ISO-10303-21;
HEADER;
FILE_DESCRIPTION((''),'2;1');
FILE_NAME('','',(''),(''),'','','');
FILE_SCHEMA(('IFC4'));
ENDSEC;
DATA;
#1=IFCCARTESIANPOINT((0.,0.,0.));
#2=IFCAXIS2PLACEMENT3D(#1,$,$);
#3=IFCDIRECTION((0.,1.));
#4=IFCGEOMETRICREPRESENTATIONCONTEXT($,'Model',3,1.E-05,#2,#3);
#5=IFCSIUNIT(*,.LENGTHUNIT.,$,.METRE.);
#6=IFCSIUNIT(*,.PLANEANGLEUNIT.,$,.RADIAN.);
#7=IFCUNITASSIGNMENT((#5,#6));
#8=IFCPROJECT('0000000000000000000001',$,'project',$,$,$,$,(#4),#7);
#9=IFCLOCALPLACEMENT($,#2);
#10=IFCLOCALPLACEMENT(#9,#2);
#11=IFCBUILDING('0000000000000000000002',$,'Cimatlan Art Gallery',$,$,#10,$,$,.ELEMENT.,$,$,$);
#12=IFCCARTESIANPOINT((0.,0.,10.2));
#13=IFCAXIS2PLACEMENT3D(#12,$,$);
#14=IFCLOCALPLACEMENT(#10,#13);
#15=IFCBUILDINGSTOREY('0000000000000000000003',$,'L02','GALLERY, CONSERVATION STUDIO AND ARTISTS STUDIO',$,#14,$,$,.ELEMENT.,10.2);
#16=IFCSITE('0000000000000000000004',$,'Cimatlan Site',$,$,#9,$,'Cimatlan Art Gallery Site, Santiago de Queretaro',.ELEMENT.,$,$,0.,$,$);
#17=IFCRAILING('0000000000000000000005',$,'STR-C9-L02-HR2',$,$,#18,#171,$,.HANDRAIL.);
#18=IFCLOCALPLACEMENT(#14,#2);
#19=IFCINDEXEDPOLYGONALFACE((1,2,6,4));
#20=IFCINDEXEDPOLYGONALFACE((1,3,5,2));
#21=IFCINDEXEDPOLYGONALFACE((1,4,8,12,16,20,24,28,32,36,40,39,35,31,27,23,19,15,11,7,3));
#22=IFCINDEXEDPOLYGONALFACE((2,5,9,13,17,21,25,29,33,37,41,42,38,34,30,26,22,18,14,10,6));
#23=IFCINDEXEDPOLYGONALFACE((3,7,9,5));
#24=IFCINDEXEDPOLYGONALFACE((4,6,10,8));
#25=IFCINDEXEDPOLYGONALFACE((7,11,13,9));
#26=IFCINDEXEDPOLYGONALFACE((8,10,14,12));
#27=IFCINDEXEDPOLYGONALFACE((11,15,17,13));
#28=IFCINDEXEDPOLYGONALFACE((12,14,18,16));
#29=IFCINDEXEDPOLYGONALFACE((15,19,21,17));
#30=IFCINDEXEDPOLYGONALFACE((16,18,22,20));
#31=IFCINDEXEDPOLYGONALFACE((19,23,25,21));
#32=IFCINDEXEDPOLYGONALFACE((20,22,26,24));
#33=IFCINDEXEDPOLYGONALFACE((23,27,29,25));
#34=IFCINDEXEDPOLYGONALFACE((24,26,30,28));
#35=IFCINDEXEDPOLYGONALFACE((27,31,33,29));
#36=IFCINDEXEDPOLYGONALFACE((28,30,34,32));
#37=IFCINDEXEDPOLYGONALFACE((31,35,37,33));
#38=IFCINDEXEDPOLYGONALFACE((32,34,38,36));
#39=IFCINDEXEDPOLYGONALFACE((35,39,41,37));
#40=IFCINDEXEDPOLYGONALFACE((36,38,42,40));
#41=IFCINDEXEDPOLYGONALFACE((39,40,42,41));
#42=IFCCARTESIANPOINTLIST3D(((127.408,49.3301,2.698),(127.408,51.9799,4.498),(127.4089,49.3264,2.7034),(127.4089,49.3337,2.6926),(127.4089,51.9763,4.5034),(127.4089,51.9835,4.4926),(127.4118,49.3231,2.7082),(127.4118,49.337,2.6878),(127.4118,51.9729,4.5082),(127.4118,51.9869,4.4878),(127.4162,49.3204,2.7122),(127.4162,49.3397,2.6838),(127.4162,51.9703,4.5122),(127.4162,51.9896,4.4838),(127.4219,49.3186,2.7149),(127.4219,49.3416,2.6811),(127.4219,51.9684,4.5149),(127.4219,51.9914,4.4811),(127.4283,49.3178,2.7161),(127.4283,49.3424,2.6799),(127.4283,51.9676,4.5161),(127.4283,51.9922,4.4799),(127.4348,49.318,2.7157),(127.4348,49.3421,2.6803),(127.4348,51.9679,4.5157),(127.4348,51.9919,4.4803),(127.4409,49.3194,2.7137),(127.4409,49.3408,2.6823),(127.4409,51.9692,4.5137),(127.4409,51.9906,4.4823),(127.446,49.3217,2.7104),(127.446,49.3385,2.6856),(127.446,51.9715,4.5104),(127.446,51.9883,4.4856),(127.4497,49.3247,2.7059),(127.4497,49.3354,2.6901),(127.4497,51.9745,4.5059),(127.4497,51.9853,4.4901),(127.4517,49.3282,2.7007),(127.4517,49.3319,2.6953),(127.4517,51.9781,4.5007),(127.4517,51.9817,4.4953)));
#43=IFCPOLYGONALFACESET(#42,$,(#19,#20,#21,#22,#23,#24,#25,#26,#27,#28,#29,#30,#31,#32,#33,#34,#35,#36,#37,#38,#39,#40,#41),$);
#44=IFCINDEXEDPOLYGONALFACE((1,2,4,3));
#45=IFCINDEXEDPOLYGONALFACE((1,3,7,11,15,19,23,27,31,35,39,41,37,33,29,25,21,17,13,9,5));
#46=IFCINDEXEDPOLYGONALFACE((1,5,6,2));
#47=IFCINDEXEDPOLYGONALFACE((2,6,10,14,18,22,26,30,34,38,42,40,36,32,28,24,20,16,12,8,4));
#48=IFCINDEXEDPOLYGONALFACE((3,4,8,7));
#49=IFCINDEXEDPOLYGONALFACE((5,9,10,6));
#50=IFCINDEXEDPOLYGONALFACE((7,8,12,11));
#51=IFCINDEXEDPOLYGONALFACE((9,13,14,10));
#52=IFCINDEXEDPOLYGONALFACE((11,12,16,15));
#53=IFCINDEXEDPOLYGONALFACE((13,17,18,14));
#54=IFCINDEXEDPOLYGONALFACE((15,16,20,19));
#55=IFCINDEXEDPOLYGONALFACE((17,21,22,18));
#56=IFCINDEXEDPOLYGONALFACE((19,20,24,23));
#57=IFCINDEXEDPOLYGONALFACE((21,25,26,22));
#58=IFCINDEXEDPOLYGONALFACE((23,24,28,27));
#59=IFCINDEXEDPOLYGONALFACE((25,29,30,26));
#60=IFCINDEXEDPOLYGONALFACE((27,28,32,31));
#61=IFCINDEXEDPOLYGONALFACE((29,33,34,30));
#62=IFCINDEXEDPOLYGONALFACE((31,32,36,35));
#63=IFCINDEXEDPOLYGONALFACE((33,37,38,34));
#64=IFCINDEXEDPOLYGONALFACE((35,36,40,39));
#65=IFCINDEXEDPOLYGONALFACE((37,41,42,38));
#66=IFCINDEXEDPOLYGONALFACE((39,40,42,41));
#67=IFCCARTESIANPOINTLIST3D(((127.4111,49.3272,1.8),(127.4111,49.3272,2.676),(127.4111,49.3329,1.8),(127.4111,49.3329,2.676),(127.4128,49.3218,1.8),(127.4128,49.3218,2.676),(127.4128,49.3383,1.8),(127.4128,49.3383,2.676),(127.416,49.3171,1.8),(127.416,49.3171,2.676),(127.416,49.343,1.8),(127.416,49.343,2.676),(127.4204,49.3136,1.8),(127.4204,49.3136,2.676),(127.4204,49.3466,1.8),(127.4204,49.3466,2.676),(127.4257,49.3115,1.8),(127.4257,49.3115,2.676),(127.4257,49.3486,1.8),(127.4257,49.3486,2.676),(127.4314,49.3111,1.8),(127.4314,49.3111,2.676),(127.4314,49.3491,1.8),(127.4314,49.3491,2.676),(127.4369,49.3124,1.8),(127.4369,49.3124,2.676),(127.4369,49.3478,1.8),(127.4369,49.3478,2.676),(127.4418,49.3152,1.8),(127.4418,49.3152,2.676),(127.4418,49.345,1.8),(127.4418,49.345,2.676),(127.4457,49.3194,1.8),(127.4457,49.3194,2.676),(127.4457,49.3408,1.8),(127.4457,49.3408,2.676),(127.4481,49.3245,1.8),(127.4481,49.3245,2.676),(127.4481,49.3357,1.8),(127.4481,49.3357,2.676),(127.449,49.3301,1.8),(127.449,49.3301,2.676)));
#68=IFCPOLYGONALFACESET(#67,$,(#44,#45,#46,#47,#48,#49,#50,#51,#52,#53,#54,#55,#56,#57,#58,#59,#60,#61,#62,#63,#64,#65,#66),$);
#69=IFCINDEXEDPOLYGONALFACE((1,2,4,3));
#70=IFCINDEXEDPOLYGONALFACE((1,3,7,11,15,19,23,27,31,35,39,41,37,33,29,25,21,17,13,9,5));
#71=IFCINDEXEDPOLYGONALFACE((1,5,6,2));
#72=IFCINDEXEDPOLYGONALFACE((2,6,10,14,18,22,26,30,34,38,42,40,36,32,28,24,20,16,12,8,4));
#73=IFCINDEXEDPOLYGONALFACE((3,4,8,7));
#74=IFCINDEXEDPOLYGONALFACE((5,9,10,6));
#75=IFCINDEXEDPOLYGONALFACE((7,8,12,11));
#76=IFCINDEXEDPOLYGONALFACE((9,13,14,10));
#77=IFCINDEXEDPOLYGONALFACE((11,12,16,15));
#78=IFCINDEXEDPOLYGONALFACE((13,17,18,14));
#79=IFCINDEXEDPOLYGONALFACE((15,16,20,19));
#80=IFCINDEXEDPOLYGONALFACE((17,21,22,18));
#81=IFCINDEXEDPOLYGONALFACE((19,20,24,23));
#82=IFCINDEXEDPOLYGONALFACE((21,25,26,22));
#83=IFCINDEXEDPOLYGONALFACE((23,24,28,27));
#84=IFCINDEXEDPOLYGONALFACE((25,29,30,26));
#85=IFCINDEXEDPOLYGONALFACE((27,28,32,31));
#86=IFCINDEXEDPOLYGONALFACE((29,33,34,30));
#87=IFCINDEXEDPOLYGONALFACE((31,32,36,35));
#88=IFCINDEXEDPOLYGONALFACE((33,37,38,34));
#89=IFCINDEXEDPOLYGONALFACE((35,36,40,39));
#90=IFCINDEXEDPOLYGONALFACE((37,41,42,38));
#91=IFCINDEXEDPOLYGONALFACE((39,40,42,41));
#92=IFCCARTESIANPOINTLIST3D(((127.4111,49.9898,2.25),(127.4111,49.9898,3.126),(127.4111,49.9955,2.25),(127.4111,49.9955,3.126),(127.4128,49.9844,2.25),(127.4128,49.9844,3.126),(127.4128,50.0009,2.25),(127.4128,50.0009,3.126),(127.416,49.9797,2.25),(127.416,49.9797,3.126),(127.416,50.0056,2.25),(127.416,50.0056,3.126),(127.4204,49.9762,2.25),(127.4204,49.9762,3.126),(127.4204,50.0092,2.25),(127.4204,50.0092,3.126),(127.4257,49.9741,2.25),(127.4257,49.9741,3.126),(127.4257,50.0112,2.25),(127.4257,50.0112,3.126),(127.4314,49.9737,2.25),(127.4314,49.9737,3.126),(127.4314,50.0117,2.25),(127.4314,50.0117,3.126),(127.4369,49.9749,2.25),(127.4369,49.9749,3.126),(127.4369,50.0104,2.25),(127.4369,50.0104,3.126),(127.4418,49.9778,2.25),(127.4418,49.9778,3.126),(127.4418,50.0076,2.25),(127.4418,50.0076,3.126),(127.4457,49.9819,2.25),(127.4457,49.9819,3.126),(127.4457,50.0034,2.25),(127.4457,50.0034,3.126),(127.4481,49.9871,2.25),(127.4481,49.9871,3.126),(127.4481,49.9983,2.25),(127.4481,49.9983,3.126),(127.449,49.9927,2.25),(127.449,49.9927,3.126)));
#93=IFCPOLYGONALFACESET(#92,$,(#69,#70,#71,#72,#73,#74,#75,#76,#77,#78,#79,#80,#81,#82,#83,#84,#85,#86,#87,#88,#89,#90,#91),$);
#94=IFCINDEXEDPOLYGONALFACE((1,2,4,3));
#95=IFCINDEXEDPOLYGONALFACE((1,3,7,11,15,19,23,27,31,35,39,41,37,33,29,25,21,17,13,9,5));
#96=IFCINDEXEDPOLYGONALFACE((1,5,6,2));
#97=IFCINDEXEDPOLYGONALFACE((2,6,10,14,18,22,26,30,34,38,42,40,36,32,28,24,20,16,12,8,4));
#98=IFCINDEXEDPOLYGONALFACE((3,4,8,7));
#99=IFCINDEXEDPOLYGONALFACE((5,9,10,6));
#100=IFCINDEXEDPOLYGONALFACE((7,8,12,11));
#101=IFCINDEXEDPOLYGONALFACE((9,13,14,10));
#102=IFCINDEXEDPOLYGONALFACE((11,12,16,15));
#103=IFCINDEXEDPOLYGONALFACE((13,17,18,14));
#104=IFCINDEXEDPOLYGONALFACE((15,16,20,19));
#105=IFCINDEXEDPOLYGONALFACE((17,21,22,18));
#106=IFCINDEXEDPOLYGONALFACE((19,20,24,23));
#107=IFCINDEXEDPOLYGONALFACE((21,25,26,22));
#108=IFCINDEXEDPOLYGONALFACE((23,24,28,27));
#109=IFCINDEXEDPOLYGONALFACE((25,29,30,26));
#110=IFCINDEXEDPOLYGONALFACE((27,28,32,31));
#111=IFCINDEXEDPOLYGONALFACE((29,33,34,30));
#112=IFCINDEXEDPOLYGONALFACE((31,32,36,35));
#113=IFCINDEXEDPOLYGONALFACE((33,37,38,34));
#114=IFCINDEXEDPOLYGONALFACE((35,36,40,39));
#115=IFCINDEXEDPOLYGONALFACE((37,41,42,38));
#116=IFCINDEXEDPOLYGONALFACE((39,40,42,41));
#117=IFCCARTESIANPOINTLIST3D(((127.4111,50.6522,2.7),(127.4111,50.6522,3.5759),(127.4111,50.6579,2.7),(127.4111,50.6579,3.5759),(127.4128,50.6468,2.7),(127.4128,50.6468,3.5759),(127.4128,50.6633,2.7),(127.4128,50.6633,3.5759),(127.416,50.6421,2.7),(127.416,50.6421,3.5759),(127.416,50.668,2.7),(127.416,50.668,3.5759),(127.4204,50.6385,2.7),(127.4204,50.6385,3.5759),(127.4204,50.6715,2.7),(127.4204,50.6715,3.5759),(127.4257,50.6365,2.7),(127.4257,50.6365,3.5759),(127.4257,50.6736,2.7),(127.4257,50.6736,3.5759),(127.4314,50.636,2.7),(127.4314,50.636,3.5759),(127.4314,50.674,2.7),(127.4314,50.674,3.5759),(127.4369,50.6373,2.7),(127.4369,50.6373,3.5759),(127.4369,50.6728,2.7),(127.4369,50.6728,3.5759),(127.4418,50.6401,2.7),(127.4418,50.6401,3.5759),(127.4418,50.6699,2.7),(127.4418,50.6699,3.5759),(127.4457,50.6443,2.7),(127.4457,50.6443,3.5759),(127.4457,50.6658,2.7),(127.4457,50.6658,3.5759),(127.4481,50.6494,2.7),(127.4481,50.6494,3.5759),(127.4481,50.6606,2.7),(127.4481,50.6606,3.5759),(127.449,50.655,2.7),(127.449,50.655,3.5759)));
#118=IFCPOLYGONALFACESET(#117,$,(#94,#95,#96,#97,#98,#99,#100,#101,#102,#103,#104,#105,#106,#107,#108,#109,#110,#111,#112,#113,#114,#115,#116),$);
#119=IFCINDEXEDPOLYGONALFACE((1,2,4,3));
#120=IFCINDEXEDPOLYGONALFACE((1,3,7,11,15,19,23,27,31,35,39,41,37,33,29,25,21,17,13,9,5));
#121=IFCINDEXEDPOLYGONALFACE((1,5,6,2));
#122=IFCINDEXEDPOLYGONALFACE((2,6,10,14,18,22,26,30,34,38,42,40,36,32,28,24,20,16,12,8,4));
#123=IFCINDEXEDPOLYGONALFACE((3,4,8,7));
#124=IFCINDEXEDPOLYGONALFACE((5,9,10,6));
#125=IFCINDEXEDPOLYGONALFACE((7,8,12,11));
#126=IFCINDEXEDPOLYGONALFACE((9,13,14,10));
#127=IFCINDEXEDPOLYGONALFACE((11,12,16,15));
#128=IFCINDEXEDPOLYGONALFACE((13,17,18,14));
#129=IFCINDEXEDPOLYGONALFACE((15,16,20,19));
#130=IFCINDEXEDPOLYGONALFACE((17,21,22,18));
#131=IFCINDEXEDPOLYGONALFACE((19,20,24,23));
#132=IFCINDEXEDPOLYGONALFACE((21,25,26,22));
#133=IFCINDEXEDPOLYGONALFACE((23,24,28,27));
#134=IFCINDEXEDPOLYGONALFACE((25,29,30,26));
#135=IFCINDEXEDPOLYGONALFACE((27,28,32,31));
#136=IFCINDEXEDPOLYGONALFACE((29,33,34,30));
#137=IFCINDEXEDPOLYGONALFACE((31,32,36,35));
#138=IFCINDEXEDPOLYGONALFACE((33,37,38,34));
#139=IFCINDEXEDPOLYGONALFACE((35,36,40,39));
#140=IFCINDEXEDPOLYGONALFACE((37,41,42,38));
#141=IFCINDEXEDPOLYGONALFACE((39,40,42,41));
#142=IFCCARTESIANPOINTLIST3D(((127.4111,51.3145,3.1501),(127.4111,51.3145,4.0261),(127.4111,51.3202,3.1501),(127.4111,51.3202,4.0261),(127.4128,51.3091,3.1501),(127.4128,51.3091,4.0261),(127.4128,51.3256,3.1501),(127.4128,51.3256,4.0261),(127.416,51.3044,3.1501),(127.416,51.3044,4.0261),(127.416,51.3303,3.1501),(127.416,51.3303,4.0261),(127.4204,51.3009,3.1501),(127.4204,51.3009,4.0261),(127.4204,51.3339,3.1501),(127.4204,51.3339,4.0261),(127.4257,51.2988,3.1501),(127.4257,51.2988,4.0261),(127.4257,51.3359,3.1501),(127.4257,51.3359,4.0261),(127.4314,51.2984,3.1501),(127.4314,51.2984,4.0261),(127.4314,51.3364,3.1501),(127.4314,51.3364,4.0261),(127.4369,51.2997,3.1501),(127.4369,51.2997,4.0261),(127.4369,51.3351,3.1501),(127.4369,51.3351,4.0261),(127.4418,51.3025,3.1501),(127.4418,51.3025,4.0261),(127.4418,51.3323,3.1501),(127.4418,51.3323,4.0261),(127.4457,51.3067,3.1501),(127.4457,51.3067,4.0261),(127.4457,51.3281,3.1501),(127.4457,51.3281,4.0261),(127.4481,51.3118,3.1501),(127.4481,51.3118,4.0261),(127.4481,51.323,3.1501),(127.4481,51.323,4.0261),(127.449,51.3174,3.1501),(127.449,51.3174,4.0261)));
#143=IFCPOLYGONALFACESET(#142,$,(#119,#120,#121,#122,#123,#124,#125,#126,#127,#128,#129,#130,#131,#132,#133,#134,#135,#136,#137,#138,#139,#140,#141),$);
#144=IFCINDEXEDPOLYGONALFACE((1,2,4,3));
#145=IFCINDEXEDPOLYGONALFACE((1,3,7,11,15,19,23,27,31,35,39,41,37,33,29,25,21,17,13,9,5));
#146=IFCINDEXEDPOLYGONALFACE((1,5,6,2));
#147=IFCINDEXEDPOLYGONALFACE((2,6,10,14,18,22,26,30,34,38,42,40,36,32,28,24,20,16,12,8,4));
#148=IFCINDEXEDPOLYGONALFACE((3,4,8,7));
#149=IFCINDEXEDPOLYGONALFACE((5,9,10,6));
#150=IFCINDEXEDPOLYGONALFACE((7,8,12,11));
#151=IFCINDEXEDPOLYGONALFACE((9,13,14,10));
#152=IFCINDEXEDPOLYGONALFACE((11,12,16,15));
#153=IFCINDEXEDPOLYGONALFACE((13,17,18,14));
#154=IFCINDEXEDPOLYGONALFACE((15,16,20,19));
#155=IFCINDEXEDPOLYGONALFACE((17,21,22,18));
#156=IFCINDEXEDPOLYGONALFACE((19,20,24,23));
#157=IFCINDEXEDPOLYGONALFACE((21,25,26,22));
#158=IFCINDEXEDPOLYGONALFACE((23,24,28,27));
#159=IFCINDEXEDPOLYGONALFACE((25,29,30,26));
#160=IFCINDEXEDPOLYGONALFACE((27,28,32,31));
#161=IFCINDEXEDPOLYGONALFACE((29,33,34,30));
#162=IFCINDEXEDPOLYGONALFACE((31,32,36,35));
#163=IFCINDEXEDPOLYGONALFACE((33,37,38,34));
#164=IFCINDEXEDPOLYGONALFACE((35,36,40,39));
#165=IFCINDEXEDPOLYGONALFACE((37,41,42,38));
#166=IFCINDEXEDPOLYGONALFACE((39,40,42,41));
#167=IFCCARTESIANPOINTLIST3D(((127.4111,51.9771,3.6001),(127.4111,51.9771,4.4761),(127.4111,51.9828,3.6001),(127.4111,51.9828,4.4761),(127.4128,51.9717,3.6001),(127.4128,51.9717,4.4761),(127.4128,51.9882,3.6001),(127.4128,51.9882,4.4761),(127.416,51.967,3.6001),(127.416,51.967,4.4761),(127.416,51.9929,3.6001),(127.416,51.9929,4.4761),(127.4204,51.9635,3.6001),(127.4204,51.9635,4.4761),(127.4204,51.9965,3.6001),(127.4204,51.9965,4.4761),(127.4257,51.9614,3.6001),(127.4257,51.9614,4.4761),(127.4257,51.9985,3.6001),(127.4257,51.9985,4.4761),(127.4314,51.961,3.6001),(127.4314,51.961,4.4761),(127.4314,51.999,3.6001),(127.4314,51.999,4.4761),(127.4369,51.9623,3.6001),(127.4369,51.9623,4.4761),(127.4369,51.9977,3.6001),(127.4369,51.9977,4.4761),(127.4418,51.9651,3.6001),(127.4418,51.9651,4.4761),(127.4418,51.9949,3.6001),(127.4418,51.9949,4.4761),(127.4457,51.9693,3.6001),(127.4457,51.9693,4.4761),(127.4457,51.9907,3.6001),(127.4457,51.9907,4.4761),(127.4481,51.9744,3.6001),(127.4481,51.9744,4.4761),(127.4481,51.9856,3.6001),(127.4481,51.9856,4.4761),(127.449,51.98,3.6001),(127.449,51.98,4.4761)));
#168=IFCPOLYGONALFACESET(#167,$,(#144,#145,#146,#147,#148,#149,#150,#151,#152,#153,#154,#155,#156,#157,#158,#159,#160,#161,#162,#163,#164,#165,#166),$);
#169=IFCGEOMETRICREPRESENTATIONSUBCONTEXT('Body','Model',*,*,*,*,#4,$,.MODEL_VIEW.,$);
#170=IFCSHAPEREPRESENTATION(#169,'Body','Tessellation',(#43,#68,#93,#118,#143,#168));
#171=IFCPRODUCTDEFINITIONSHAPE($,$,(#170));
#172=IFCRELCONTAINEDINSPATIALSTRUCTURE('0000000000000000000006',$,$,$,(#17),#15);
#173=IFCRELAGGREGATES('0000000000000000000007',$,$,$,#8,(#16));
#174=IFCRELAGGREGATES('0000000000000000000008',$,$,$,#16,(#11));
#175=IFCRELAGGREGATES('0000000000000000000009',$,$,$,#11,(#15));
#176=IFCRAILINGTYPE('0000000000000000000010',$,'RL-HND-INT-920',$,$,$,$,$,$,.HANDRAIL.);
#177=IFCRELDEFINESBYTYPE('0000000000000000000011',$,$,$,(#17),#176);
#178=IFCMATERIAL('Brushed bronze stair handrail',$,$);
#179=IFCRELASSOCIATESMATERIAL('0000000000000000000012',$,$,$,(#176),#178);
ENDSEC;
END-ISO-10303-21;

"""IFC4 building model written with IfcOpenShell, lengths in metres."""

from ifc_helpers import new_model, si_unit, direction, frame, origin, origin_2d, place, context, subcontext, project, spatial, circle, extrude, material, type_object, element, save


model = new_model("IFC4")

# Units and contexts
model_context = context("Model", 3, precision=1e-05, world=origin(), true_north=direction((0.0, 1.0)))
body_context = subcontext(model_context, "Body", "Model", "MODEL_VIEW")
ifc_project = project(units=[si_unit("LENGTHUNIT", "METRE"), si_unit("PLANEANGLEUNIT", "RADIAN")], contexts=[model_context])

# Site, building, storey
site_placement = place(None, origin())
site = spatial("IfcSite", under=ifc_project, at=site_placement, Name="Cimatlan Site", LongName="Cimatlan Art Gallery Site, Santiago de Queretaro", CompositionType="ELEMENT", RefElevation=0.0)
building_placement = place(site_placement, origin())
building = spatial("IfcBuilding", under=site, at=building_placement, Name="Cimatlan Art Gallery", CompositionType="ELEMENT")
storey_placement = place(building_placement, frame((0.0, 0.0, 10.2)))
storey = spatial("IfcBuildingStorey", under=building, at=storey_placement, Name="L02", Description="GALLERY, CONSERVATION STUDIO AND ARTISTS STUDIO", CompositionType="ELEMENT", Elevation=10.2)

# Railing
ifc_material_1 = material(Name="Brushed bronze stair handrail")
railing_type_1 = type_object("IfcRailingType", Name="RL-HND-INT-920", PredefinedType="HANDRAIL", material=ifc_material_1)
railing_1_placement = place(storey_placement, frame((127.4299, 49.3301, 1.8)))
element("IfcRailing", 1, at=railing_1_placement, inside=storey, type_object=railing_type_1, Name="STR-C9-L02-HR2", PredefinedType="HANDRAIL", context=body_context, shape_type="SweptSolid", body=[
    extrude(circle(Radius=0.022, at=origin_2d()), frame((0.0, 0.0, 0.8979), z_axis=(0.0, 0.8272, 0.561908), x_axis=(-1.0, 0.0, 0.0)), (0.0, 0.0, 1.0), 3.2034),
    extrude(circle(Radius=0.019, at=origin_2d()), origin(), (0.0, 0.0, 1.0), 0.876),
    extrude(circle(Radius=0.019, at=origin_2d()), frame((0.0, 0.6626, 0.45)), (0.0, 0.0, 1.0), 0.876),
    extrude(circle(Radius=0.019, at=origin_2d()), frame((0.0, 1.325, 0.8999)), (0.0, 0.0, 1.0), 0.876),
    extrude(circle(Radius=0.019, at=origin_2d()), frame((0.0, 1.9873, 1.3501)), (0.0, 0.0, 1.0), 0.876),
    extrude(circle(Radius=0.019, at=origin_2d()), frame((0.0, 2.6499, 1.8)), (0.0, 0.0, 1.0), 0.876),
])

save(model, "model.ifc")
